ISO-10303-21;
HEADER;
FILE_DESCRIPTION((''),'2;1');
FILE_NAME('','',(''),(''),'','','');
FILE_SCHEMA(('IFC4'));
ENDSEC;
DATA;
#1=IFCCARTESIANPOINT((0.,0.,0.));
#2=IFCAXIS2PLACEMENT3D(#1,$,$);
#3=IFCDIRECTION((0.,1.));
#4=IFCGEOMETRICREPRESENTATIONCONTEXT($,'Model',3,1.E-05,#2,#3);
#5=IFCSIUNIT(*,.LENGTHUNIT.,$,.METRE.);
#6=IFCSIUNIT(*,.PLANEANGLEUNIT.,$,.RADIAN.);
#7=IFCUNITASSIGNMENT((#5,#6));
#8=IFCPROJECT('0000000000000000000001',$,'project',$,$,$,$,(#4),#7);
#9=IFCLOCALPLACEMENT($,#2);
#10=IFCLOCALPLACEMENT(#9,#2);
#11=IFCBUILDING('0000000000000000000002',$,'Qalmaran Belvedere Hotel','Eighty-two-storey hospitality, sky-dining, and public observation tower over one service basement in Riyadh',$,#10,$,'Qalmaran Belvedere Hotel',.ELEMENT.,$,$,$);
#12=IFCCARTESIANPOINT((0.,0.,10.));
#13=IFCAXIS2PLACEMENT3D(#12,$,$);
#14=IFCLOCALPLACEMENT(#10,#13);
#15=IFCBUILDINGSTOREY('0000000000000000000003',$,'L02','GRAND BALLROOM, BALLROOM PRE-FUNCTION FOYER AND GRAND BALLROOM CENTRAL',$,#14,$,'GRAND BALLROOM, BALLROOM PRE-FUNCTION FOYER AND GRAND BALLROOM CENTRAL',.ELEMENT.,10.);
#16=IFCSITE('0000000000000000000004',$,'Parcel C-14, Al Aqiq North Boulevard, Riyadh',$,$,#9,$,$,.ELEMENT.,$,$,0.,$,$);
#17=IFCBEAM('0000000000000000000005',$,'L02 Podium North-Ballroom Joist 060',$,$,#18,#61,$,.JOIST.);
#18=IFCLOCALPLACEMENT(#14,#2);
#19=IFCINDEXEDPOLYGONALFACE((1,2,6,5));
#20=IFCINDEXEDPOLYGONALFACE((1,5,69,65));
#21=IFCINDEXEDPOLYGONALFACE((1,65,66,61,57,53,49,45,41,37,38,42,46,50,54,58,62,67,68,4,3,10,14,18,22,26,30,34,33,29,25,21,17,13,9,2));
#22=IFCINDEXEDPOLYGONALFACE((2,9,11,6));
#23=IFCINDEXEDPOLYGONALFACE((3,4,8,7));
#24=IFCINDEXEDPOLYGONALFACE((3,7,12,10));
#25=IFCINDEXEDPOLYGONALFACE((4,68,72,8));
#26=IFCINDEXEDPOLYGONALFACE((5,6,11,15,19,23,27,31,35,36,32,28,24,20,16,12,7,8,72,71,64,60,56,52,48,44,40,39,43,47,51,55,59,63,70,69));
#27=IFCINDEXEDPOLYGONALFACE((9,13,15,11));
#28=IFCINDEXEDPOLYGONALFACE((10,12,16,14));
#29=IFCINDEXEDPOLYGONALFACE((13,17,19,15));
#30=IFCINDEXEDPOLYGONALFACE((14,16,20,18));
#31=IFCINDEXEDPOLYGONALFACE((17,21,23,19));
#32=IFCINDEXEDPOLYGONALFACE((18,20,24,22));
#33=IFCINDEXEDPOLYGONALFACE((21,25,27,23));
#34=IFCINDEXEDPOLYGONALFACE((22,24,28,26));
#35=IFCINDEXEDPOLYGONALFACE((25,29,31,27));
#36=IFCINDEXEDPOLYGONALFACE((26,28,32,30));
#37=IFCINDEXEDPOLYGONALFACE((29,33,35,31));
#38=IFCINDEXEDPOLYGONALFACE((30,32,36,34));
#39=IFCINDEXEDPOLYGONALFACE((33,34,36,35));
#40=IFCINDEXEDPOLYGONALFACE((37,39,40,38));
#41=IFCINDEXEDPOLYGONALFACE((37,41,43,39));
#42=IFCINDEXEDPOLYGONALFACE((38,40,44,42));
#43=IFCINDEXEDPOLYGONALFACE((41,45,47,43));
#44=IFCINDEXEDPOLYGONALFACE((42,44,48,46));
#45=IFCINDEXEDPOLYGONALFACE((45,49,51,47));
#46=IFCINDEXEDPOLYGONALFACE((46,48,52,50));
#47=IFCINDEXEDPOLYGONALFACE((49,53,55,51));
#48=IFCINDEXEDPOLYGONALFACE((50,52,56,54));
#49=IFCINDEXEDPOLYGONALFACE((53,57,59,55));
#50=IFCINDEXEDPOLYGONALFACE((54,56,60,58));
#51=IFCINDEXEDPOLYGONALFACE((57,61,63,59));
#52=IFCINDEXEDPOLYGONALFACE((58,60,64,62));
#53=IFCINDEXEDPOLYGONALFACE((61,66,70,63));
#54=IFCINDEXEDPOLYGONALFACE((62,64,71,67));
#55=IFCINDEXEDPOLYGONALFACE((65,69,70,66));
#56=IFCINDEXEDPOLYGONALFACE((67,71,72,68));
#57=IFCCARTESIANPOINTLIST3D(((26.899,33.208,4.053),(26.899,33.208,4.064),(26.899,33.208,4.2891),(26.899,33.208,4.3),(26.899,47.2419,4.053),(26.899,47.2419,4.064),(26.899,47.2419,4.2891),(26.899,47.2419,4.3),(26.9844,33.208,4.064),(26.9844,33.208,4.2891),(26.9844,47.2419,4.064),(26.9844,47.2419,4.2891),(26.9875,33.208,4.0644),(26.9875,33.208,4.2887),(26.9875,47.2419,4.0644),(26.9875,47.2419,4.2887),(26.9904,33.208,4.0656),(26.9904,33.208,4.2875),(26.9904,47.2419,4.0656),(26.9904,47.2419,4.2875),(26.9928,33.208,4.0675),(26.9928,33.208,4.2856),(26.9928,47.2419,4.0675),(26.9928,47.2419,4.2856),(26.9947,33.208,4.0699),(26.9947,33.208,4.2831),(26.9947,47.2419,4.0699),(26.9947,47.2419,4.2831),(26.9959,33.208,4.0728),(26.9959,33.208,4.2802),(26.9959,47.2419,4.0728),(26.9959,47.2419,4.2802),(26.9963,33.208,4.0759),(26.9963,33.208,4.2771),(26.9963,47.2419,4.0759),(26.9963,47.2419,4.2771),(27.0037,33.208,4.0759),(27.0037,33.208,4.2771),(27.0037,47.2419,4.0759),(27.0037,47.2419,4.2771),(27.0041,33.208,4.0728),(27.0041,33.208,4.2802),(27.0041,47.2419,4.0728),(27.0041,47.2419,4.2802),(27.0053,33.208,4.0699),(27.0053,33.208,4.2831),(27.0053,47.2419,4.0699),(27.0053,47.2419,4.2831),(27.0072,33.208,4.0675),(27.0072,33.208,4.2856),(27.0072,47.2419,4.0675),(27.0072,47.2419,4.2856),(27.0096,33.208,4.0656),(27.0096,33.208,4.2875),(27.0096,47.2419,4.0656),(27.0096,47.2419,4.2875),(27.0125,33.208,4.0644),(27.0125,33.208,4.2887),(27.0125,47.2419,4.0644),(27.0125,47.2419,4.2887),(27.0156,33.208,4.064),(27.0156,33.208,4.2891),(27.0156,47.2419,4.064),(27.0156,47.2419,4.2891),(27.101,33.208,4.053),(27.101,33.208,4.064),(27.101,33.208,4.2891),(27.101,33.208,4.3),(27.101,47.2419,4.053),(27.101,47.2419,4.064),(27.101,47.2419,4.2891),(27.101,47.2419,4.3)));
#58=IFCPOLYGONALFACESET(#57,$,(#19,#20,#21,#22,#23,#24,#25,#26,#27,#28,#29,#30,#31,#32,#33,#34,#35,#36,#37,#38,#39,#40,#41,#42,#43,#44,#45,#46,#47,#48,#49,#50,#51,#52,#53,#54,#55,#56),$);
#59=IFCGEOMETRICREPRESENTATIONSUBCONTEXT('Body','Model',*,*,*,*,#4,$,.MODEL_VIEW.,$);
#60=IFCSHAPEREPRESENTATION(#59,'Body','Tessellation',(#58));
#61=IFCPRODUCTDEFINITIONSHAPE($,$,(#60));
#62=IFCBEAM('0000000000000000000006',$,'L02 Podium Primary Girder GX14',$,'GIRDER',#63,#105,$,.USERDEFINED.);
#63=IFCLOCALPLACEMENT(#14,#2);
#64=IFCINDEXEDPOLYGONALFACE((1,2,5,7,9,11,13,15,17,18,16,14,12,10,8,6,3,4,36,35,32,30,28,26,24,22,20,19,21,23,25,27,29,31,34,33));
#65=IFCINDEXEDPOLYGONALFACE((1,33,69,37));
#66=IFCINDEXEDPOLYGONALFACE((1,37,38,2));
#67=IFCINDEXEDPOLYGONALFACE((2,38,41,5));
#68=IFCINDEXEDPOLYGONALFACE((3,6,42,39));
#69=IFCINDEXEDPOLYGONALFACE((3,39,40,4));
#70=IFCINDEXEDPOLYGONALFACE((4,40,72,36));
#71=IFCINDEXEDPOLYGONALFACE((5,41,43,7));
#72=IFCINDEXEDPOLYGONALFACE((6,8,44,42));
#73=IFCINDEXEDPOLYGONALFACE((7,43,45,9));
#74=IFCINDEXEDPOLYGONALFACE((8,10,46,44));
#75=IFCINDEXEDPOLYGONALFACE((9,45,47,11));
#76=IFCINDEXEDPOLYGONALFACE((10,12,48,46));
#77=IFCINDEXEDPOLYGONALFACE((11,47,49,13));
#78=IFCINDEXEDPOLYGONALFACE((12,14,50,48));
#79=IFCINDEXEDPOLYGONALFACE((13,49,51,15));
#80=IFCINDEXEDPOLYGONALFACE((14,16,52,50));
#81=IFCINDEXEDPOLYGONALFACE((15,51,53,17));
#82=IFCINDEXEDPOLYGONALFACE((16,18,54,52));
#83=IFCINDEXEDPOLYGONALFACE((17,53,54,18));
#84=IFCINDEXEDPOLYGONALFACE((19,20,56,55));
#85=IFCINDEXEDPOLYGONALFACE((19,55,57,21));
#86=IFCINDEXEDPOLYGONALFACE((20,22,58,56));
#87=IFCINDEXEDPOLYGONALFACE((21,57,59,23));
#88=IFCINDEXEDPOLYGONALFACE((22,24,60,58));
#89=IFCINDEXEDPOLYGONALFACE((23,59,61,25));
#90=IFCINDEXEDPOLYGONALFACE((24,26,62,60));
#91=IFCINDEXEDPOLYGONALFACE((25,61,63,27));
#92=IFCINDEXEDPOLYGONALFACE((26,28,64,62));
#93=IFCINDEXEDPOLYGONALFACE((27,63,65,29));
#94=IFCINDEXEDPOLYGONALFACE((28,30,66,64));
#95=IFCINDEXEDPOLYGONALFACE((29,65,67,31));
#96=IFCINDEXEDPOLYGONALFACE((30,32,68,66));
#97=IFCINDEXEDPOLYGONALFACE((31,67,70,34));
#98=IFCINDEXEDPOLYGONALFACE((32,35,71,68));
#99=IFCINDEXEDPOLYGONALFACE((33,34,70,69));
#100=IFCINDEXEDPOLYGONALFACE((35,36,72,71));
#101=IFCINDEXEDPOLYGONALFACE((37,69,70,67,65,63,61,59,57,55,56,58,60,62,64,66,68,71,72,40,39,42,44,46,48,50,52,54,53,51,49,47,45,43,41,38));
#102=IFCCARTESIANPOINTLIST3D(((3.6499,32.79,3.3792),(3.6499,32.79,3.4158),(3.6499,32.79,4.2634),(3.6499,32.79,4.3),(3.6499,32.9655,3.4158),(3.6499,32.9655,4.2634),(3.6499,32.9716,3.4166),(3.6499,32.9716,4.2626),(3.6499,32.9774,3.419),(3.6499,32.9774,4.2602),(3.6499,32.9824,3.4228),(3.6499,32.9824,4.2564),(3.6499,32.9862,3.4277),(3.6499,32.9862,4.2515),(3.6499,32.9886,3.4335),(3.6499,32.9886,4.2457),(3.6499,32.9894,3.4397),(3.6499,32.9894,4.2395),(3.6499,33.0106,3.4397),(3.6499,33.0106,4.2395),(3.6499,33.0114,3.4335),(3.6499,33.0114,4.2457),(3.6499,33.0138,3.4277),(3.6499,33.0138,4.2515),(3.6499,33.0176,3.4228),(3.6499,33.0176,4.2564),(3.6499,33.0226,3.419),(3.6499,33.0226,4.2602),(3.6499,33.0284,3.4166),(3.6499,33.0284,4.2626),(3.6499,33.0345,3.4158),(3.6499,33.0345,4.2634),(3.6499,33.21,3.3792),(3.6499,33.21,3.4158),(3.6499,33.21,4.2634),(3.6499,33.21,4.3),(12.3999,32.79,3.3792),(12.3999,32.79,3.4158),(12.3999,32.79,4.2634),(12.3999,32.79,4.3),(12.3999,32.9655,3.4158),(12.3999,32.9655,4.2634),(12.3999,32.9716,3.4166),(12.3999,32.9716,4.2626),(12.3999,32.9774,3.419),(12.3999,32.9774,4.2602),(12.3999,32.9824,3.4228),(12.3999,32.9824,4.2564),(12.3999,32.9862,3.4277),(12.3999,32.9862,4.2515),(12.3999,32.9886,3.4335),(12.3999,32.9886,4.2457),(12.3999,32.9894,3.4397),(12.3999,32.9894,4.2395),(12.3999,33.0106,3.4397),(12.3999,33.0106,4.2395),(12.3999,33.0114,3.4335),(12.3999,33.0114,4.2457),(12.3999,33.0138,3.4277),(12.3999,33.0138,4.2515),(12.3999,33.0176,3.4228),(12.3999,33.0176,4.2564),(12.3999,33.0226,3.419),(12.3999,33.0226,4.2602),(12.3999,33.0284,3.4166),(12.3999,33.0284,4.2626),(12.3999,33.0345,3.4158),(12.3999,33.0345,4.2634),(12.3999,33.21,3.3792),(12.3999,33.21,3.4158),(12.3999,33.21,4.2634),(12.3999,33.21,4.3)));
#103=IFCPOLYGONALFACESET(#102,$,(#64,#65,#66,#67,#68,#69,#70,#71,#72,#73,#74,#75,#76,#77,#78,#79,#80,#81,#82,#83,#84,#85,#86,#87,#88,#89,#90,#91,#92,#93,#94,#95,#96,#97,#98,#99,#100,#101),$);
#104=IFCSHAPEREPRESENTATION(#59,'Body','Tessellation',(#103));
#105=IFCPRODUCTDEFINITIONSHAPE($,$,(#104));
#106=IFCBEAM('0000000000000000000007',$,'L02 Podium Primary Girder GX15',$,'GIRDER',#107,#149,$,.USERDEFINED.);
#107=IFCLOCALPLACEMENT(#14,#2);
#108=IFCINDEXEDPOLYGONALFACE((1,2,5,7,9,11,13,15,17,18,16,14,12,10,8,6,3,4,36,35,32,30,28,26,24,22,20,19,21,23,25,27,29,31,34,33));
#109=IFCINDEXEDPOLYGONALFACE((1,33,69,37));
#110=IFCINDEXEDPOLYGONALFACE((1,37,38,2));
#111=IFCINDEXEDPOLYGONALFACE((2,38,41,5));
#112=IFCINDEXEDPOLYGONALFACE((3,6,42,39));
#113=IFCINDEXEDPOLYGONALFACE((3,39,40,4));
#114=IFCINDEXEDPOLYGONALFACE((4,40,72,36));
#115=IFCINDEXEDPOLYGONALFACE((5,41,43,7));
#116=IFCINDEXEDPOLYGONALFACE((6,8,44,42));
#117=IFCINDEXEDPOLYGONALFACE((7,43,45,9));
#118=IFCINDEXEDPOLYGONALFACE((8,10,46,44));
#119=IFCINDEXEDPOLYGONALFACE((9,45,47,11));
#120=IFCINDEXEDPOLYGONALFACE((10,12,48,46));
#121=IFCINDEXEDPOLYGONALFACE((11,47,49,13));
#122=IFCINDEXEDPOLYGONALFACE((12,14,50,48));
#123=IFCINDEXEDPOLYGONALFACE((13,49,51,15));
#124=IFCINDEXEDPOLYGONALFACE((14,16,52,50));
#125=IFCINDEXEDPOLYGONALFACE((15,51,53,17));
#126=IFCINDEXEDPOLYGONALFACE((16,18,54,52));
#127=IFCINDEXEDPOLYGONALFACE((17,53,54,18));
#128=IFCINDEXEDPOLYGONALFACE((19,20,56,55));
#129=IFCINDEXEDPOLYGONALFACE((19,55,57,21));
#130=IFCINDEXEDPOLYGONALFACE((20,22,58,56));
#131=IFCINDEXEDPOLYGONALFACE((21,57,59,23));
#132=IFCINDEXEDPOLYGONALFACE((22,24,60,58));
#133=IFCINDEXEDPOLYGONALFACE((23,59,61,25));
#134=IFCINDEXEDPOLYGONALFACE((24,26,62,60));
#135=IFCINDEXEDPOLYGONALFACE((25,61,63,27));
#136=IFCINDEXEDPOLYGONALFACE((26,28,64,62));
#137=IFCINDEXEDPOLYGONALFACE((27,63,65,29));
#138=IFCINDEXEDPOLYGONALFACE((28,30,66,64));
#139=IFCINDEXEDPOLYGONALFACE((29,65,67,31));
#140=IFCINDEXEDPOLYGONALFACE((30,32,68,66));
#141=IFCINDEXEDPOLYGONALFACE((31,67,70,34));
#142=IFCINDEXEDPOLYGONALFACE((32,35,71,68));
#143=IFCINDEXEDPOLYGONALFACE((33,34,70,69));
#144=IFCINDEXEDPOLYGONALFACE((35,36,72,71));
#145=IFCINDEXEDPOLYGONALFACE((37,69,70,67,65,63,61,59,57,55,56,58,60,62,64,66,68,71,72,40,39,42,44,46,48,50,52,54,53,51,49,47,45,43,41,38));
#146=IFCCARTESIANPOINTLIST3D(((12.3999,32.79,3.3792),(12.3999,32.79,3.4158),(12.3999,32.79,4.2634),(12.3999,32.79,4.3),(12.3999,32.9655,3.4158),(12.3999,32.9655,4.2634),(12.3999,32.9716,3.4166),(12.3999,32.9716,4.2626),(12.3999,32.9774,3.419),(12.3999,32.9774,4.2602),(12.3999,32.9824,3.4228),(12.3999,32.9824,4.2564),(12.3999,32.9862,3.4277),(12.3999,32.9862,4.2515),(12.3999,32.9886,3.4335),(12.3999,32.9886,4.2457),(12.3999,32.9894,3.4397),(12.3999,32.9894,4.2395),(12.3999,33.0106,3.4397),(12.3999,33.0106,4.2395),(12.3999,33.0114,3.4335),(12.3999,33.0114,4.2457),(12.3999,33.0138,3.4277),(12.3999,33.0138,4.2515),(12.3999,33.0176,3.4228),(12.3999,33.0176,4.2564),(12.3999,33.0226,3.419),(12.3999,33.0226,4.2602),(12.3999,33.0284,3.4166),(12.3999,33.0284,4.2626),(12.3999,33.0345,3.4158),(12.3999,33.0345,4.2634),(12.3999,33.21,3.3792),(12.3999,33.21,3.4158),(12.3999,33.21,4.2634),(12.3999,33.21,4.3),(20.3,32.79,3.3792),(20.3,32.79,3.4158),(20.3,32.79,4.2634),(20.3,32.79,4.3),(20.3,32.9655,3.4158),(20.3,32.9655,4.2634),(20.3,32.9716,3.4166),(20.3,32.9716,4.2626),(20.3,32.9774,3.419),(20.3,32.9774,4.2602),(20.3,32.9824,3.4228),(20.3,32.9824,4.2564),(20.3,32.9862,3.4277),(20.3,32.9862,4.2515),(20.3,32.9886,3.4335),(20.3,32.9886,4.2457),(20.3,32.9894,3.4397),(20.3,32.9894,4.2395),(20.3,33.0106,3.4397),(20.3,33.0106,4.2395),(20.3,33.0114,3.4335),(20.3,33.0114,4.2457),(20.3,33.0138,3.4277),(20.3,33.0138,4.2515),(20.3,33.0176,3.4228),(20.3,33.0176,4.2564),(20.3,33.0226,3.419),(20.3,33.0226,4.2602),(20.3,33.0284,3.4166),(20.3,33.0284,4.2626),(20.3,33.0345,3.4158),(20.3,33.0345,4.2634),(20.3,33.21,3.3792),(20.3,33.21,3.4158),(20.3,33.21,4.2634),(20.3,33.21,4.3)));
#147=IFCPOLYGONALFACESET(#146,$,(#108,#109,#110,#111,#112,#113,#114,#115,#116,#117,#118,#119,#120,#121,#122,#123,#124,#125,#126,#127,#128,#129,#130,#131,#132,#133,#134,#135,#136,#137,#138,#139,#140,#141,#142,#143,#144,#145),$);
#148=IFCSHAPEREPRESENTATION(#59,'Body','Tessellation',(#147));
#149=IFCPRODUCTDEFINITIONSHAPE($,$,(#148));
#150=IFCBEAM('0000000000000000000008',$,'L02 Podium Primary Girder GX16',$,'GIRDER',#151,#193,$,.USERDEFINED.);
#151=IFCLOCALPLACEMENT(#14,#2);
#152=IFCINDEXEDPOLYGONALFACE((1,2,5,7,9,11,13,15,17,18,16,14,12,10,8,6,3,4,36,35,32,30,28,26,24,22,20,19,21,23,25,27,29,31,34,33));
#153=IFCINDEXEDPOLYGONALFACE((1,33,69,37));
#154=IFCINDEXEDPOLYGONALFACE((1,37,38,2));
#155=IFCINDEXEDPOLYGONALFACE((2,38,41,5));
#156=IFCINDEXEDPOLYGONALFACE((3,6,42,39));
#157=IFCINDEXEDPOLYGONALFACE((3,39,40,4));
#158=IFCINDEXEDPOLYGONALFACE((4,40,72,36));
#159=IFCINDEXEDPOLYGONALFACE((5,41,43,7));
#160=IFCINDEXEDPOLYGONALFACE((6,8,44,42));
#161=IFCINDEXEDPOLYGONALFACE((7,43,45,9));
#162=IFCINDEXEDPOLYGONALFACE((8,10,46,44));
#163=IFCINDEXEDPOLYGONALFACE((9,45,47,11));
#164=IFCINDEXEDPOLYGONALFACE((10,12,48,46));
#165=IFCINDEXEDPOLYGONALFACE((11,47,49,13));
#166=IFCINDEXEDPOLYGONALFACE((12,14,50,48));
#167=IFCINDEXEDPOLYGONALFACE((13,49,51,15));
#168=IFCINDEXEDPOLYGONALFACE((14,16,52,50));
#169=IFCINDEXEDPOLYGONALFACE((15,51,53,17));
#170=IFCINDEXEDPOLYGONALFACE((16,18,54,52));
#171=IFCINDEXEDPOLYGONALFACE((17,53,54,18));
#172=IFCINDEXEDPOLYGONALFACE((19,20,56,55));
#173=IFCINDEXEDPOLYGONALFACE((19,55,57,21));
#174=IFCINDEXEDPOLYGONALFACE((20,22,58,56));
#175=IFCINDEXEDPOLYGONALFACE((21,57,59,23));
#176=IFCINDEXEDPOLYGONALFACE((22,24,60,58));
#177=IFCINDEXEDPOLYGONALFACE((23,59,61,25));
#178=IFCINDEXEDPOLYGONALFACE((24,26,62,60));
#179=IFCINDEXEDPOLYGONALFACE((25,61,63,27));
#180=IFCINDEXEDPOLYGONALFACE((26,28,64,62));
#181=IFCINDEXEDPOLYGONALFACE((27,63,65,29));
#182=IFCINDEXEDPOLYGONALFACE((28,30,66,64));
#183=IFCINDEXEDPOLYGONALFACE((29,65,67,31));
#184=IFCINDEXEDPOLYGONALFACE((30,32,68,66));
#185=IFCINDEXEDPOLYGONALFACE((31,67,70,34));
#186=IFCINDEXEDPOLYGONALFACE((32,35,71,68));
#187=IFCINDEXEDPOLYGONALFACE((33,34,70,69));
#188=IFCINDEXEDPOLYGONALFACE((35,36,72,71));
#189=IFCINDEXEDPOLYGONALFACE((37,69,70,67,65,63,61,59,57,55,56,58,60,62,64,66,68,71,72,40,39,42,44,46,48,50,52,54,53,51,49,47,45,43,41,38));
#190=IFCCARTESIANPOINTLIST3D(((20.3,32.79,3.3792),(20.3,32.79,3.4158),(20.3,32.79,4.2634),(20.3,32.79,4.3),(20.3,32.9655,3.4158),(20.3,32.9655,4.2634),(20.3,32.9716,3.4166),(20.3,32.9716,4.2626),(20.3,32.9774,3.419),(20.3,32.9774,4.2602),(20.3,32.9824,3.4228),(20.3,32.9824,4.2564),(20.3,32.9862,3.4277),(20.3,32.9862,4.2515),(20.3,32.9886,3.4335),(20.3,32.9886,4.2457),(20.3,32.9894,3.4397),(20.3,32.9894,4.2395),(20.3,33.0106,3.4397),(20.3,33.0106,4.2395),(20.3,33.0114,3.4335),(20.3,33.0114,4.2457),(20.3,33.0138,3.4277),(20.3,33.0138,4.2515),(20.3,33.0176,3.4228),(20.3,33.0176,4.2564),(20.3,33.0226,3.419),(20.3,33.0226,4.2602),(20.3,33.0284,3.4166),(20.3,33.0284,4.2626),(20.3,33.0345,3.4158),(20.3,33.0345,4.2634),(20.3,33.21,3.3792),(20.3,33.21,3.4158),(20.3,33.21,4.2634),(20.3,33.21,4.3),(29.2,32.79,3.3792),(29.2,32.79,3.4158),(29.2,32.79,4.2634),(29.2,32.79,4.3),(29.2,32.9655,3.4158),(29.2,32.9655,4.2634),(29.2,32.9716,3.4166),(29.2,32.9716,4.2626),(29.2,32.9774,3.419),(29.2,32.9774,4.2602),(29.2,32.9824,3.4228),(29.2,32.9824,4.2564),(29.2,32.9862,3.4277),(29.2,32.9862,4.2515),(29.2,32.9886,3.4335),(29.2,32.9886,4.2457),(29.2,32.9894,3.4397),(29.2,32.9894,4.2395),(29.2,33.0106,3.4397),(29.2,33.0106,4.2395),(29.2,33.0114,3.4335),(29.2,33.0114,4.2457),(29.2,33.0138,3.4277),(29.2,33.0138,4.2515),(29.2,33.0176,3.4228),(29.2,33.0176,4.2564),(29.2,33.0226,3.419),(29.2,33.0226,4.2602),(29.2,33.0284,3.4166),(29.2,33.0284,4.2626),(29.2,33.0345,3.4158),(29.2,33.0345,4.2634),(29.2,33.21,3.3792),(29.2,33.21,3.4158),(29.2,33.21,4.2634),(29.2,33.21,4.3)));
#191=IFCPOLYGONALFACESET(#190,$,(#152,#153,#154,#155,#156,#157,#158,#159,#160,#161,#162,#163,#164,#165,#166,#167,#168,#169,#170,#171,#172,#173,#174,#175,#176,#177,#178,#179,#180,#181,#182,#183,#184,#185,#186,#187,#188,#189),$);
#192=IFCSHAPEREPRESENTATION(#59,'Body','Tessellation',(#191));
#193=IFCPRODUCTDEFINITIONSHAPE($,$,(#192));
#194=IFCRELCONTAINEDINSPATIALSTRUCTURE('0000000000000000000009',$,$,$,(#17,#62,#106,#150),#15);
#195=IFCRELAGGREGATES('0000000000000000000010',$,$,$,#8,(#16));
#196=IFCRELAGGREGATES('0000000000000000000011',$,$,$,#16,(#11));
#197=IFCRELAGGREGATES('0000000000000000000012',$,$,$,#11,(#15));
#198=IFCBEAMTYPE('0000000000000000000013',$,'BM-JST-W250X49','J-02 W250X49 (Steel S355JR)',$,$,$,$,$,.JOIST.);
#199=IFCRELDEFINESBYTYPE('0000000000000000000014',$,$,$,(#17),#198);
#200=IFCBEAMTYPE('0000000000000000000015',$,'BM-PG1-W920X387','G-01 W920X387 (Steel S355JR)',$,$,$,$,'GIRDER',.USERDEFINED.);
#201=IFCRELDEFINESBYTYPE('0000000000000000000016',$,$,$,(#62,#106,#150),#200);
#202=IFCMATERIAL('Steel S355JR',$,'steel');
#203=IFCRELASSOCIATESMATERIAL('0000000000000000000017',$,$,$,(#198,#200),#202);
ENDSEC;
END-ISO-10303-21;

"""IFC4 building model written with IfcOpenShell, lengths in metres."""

from ifc_helpers import new_model, si_unit, direction, frame, origin, origin_2d, place, context, subcontext, project, spatial, i_section, extrude, material, material_profile, profile_set, type_object, element, save


model = new_model("IFC4")

# Units and contexts
model_context = context("Model", 3, precision=1e-05, world=origin(), true_north=direction((0.0, 1.0)))
body_context = subcontext(model_context, "Body", "Model", "MODEL_VIEW")
ifc_project = project(units=[si_unit("LENGTHUNIT", "METRE"), si_unit("PLANEANGLEUNIT", "RADIAN")], contexts=[model_context])

# Site, building, storey
site_placement = place(None, origin())
site = spatial("IfcSite", under=ifc_project, at=site_placement, Name="Parcel C-14, Al Aqiq North Boulevard, Riyadh", CompositionType="ELEMENT", RefElevation=0.0)
building_placement = place(site_placement, origin())
building = spatial("IfcBuilding", under=site, at=building_placement, Name="Qalmaran Belvedere Hotel", Description="Eighty-two-storey hospitality, sky-dining, and public observation tower over one service basement in Riyadh", LongName="Qalmaran Belvedere Hotel", CompositionType="ELEMENT")
storey_placement = place(building_placement, frame((0.0, 0.0, 10.0)))
storey = spatial("IfcBuildingStorey", under=building, at=storey_placement, Name="L02", Description="GRAND BALLROOM, BALLROOM PRE-FUNCTION FOYER AND GRAND BALLROOM CENTRAL", LongName="GRAND BALLROOM, BALLROOM PRE-FUNCTION FOYER AND GRAND BALLROOM CENTRAL", CompositionType="ELEMENT", Elevation=10.0)

# Beams
ifc_material_1 = material(Name="Steel S355JR", Category="steel")
ifc_material_profile_1 = material_profile(ifc_material_1, i_section(OverallWidth=0.2019, OverallDepth=0.2471, WebThickness=0.0073, FlangeThickness=0.011, FilletRadius=0.012, at=origin_2d()), Name="W250X49")
ifc_profile_set_1 = profile_set([ifc_material_profile_1], Name="Steel S355JR")
beam_type_1 = type_object("IfcBeamType", Name="BM-JST-W250X49", Description="J-02 W250X49 (Steel S355JR)", PredefinedType="JOIST", material=ifc_profile_set_1)
for number, where, z_axis, x_axis, name in (
    (1, (27.0, 33.208, 4.1765), (0.0, 1.0, 0.0), (-1.0, 0.0, 0.0), "L02 Podium North-Ballroom Joist 060"),
):
    element("IfcBeam", number, at=place(storey_placement, frame(where, z_axis=z_axis, x_axis=x_axis)), inside=storey, type_object=beam_type_1, Name=name, PredefinedType="JOIST", context=body_context, shape_type="SweptSolid", body=[
        extrude(i_section(OverallWidth=0.2019, OverallDepth=0.2471, WebThickness=0.0073, FlangeThickness=0.011, FilletRadius=0.012, at=origin_2d()), origin(), (0.0, 0.0, 1.0), 14.0339),
    ])
ifc_material_profile_2 = material_profile(ifc_material_1, i_section(OverallWidth=0.4199, OverallDepth=0.9209, WebThickness=0.0212, FlangeThickness=0.0366, FilletRadius=0.0239, at=origin_2d()), Name="W920X387")
ifc_profile_set_2 = profile_set([ifc_material_profile_2], Name="Steel S355JR")
beam_type_2 = type_object("IfcBeamType", Name="BM-PG1-W920X387", Description="G-01 W920X387 (Steel S355JR)", ElementType="GIRDER", PredefinedType="USERDEFINED", material=ifc_profile_set_2)
beam_1_placement = place(storey_placement, frame((3.6499, 33.0, 3.8396), z_axis=(1.0, 0.0, 0.0), x_axis=(0.0, 1.0, 0.0)))
element("IfcBeam", 2, at=beam_1_placement, inside=storey, type_object=beam_type_2, Name="L02 Podium Primary Girder GX14", ObjectType="GIRDER", PredefinedType="USERDEFINED", context=body_context, shape_type="SweptSolid", body=[
    extrude(i_section(OverallWidth=0.4199, OverallDepth=0.9209, WebThickness=0.0212, FlangeThickness=0.0366, FilletRadius=0.0239, at=origin_2d()), origin(), (0.0, 0.0, 1.0), 8.75),
])
beam_2_placement = place(storey_placement, frame((12.3999, 33.0, 3.8396), z_axis=(1.0, 0.0, 0.0), x_axis=(0.0, 1.0, 0.0)))
element("IfcBeam", 3, at=beam_2_placement, inside=storey, type_object=beam_type_2, Name="L02 Podium Primary Girder GX15", ObjectType="GIRDER", PredefinedType="USERDEFINED", context=body_context, shape_type="SweptSolid", body=[
    extrude(i_section(OverallWidth=0.4199, OverallDepth=0.9209, WebThickness=0.0212, FlangeThickness=0.0366, FilletRadius=0.0239, at=origin_2d()), origin(), (0.0, 0.0, 1.0), 7.9001),
])
beam_3_placement = place(storey_placement, frame((20.3, 33.0, 3.8396), z_axis=(1.0, 0.0, 0.0), x_axis=(0.0, 1.0, 0.0)))
element("IfcBeam", 4, at=beam_3_placement, inside=storey, type_object=beam_type_2, Name="L02 Podium Primary Girder GX16", ObjectType="GIRDER", PredefinedType="USERDEFINED", context=body_context, shape_type="SweptSolid", body=[
    extrude(i_section(OverallWidth=0.4199, OverallDepth=0.9209, WebThickness=0.0212, FlangeThickness=0.0366, FilletRadius=0.0239, at=origin_2d()), origin(), (0.0, 0.0, 1.0), 8.8999),
])

save(model, "model.ifc")
